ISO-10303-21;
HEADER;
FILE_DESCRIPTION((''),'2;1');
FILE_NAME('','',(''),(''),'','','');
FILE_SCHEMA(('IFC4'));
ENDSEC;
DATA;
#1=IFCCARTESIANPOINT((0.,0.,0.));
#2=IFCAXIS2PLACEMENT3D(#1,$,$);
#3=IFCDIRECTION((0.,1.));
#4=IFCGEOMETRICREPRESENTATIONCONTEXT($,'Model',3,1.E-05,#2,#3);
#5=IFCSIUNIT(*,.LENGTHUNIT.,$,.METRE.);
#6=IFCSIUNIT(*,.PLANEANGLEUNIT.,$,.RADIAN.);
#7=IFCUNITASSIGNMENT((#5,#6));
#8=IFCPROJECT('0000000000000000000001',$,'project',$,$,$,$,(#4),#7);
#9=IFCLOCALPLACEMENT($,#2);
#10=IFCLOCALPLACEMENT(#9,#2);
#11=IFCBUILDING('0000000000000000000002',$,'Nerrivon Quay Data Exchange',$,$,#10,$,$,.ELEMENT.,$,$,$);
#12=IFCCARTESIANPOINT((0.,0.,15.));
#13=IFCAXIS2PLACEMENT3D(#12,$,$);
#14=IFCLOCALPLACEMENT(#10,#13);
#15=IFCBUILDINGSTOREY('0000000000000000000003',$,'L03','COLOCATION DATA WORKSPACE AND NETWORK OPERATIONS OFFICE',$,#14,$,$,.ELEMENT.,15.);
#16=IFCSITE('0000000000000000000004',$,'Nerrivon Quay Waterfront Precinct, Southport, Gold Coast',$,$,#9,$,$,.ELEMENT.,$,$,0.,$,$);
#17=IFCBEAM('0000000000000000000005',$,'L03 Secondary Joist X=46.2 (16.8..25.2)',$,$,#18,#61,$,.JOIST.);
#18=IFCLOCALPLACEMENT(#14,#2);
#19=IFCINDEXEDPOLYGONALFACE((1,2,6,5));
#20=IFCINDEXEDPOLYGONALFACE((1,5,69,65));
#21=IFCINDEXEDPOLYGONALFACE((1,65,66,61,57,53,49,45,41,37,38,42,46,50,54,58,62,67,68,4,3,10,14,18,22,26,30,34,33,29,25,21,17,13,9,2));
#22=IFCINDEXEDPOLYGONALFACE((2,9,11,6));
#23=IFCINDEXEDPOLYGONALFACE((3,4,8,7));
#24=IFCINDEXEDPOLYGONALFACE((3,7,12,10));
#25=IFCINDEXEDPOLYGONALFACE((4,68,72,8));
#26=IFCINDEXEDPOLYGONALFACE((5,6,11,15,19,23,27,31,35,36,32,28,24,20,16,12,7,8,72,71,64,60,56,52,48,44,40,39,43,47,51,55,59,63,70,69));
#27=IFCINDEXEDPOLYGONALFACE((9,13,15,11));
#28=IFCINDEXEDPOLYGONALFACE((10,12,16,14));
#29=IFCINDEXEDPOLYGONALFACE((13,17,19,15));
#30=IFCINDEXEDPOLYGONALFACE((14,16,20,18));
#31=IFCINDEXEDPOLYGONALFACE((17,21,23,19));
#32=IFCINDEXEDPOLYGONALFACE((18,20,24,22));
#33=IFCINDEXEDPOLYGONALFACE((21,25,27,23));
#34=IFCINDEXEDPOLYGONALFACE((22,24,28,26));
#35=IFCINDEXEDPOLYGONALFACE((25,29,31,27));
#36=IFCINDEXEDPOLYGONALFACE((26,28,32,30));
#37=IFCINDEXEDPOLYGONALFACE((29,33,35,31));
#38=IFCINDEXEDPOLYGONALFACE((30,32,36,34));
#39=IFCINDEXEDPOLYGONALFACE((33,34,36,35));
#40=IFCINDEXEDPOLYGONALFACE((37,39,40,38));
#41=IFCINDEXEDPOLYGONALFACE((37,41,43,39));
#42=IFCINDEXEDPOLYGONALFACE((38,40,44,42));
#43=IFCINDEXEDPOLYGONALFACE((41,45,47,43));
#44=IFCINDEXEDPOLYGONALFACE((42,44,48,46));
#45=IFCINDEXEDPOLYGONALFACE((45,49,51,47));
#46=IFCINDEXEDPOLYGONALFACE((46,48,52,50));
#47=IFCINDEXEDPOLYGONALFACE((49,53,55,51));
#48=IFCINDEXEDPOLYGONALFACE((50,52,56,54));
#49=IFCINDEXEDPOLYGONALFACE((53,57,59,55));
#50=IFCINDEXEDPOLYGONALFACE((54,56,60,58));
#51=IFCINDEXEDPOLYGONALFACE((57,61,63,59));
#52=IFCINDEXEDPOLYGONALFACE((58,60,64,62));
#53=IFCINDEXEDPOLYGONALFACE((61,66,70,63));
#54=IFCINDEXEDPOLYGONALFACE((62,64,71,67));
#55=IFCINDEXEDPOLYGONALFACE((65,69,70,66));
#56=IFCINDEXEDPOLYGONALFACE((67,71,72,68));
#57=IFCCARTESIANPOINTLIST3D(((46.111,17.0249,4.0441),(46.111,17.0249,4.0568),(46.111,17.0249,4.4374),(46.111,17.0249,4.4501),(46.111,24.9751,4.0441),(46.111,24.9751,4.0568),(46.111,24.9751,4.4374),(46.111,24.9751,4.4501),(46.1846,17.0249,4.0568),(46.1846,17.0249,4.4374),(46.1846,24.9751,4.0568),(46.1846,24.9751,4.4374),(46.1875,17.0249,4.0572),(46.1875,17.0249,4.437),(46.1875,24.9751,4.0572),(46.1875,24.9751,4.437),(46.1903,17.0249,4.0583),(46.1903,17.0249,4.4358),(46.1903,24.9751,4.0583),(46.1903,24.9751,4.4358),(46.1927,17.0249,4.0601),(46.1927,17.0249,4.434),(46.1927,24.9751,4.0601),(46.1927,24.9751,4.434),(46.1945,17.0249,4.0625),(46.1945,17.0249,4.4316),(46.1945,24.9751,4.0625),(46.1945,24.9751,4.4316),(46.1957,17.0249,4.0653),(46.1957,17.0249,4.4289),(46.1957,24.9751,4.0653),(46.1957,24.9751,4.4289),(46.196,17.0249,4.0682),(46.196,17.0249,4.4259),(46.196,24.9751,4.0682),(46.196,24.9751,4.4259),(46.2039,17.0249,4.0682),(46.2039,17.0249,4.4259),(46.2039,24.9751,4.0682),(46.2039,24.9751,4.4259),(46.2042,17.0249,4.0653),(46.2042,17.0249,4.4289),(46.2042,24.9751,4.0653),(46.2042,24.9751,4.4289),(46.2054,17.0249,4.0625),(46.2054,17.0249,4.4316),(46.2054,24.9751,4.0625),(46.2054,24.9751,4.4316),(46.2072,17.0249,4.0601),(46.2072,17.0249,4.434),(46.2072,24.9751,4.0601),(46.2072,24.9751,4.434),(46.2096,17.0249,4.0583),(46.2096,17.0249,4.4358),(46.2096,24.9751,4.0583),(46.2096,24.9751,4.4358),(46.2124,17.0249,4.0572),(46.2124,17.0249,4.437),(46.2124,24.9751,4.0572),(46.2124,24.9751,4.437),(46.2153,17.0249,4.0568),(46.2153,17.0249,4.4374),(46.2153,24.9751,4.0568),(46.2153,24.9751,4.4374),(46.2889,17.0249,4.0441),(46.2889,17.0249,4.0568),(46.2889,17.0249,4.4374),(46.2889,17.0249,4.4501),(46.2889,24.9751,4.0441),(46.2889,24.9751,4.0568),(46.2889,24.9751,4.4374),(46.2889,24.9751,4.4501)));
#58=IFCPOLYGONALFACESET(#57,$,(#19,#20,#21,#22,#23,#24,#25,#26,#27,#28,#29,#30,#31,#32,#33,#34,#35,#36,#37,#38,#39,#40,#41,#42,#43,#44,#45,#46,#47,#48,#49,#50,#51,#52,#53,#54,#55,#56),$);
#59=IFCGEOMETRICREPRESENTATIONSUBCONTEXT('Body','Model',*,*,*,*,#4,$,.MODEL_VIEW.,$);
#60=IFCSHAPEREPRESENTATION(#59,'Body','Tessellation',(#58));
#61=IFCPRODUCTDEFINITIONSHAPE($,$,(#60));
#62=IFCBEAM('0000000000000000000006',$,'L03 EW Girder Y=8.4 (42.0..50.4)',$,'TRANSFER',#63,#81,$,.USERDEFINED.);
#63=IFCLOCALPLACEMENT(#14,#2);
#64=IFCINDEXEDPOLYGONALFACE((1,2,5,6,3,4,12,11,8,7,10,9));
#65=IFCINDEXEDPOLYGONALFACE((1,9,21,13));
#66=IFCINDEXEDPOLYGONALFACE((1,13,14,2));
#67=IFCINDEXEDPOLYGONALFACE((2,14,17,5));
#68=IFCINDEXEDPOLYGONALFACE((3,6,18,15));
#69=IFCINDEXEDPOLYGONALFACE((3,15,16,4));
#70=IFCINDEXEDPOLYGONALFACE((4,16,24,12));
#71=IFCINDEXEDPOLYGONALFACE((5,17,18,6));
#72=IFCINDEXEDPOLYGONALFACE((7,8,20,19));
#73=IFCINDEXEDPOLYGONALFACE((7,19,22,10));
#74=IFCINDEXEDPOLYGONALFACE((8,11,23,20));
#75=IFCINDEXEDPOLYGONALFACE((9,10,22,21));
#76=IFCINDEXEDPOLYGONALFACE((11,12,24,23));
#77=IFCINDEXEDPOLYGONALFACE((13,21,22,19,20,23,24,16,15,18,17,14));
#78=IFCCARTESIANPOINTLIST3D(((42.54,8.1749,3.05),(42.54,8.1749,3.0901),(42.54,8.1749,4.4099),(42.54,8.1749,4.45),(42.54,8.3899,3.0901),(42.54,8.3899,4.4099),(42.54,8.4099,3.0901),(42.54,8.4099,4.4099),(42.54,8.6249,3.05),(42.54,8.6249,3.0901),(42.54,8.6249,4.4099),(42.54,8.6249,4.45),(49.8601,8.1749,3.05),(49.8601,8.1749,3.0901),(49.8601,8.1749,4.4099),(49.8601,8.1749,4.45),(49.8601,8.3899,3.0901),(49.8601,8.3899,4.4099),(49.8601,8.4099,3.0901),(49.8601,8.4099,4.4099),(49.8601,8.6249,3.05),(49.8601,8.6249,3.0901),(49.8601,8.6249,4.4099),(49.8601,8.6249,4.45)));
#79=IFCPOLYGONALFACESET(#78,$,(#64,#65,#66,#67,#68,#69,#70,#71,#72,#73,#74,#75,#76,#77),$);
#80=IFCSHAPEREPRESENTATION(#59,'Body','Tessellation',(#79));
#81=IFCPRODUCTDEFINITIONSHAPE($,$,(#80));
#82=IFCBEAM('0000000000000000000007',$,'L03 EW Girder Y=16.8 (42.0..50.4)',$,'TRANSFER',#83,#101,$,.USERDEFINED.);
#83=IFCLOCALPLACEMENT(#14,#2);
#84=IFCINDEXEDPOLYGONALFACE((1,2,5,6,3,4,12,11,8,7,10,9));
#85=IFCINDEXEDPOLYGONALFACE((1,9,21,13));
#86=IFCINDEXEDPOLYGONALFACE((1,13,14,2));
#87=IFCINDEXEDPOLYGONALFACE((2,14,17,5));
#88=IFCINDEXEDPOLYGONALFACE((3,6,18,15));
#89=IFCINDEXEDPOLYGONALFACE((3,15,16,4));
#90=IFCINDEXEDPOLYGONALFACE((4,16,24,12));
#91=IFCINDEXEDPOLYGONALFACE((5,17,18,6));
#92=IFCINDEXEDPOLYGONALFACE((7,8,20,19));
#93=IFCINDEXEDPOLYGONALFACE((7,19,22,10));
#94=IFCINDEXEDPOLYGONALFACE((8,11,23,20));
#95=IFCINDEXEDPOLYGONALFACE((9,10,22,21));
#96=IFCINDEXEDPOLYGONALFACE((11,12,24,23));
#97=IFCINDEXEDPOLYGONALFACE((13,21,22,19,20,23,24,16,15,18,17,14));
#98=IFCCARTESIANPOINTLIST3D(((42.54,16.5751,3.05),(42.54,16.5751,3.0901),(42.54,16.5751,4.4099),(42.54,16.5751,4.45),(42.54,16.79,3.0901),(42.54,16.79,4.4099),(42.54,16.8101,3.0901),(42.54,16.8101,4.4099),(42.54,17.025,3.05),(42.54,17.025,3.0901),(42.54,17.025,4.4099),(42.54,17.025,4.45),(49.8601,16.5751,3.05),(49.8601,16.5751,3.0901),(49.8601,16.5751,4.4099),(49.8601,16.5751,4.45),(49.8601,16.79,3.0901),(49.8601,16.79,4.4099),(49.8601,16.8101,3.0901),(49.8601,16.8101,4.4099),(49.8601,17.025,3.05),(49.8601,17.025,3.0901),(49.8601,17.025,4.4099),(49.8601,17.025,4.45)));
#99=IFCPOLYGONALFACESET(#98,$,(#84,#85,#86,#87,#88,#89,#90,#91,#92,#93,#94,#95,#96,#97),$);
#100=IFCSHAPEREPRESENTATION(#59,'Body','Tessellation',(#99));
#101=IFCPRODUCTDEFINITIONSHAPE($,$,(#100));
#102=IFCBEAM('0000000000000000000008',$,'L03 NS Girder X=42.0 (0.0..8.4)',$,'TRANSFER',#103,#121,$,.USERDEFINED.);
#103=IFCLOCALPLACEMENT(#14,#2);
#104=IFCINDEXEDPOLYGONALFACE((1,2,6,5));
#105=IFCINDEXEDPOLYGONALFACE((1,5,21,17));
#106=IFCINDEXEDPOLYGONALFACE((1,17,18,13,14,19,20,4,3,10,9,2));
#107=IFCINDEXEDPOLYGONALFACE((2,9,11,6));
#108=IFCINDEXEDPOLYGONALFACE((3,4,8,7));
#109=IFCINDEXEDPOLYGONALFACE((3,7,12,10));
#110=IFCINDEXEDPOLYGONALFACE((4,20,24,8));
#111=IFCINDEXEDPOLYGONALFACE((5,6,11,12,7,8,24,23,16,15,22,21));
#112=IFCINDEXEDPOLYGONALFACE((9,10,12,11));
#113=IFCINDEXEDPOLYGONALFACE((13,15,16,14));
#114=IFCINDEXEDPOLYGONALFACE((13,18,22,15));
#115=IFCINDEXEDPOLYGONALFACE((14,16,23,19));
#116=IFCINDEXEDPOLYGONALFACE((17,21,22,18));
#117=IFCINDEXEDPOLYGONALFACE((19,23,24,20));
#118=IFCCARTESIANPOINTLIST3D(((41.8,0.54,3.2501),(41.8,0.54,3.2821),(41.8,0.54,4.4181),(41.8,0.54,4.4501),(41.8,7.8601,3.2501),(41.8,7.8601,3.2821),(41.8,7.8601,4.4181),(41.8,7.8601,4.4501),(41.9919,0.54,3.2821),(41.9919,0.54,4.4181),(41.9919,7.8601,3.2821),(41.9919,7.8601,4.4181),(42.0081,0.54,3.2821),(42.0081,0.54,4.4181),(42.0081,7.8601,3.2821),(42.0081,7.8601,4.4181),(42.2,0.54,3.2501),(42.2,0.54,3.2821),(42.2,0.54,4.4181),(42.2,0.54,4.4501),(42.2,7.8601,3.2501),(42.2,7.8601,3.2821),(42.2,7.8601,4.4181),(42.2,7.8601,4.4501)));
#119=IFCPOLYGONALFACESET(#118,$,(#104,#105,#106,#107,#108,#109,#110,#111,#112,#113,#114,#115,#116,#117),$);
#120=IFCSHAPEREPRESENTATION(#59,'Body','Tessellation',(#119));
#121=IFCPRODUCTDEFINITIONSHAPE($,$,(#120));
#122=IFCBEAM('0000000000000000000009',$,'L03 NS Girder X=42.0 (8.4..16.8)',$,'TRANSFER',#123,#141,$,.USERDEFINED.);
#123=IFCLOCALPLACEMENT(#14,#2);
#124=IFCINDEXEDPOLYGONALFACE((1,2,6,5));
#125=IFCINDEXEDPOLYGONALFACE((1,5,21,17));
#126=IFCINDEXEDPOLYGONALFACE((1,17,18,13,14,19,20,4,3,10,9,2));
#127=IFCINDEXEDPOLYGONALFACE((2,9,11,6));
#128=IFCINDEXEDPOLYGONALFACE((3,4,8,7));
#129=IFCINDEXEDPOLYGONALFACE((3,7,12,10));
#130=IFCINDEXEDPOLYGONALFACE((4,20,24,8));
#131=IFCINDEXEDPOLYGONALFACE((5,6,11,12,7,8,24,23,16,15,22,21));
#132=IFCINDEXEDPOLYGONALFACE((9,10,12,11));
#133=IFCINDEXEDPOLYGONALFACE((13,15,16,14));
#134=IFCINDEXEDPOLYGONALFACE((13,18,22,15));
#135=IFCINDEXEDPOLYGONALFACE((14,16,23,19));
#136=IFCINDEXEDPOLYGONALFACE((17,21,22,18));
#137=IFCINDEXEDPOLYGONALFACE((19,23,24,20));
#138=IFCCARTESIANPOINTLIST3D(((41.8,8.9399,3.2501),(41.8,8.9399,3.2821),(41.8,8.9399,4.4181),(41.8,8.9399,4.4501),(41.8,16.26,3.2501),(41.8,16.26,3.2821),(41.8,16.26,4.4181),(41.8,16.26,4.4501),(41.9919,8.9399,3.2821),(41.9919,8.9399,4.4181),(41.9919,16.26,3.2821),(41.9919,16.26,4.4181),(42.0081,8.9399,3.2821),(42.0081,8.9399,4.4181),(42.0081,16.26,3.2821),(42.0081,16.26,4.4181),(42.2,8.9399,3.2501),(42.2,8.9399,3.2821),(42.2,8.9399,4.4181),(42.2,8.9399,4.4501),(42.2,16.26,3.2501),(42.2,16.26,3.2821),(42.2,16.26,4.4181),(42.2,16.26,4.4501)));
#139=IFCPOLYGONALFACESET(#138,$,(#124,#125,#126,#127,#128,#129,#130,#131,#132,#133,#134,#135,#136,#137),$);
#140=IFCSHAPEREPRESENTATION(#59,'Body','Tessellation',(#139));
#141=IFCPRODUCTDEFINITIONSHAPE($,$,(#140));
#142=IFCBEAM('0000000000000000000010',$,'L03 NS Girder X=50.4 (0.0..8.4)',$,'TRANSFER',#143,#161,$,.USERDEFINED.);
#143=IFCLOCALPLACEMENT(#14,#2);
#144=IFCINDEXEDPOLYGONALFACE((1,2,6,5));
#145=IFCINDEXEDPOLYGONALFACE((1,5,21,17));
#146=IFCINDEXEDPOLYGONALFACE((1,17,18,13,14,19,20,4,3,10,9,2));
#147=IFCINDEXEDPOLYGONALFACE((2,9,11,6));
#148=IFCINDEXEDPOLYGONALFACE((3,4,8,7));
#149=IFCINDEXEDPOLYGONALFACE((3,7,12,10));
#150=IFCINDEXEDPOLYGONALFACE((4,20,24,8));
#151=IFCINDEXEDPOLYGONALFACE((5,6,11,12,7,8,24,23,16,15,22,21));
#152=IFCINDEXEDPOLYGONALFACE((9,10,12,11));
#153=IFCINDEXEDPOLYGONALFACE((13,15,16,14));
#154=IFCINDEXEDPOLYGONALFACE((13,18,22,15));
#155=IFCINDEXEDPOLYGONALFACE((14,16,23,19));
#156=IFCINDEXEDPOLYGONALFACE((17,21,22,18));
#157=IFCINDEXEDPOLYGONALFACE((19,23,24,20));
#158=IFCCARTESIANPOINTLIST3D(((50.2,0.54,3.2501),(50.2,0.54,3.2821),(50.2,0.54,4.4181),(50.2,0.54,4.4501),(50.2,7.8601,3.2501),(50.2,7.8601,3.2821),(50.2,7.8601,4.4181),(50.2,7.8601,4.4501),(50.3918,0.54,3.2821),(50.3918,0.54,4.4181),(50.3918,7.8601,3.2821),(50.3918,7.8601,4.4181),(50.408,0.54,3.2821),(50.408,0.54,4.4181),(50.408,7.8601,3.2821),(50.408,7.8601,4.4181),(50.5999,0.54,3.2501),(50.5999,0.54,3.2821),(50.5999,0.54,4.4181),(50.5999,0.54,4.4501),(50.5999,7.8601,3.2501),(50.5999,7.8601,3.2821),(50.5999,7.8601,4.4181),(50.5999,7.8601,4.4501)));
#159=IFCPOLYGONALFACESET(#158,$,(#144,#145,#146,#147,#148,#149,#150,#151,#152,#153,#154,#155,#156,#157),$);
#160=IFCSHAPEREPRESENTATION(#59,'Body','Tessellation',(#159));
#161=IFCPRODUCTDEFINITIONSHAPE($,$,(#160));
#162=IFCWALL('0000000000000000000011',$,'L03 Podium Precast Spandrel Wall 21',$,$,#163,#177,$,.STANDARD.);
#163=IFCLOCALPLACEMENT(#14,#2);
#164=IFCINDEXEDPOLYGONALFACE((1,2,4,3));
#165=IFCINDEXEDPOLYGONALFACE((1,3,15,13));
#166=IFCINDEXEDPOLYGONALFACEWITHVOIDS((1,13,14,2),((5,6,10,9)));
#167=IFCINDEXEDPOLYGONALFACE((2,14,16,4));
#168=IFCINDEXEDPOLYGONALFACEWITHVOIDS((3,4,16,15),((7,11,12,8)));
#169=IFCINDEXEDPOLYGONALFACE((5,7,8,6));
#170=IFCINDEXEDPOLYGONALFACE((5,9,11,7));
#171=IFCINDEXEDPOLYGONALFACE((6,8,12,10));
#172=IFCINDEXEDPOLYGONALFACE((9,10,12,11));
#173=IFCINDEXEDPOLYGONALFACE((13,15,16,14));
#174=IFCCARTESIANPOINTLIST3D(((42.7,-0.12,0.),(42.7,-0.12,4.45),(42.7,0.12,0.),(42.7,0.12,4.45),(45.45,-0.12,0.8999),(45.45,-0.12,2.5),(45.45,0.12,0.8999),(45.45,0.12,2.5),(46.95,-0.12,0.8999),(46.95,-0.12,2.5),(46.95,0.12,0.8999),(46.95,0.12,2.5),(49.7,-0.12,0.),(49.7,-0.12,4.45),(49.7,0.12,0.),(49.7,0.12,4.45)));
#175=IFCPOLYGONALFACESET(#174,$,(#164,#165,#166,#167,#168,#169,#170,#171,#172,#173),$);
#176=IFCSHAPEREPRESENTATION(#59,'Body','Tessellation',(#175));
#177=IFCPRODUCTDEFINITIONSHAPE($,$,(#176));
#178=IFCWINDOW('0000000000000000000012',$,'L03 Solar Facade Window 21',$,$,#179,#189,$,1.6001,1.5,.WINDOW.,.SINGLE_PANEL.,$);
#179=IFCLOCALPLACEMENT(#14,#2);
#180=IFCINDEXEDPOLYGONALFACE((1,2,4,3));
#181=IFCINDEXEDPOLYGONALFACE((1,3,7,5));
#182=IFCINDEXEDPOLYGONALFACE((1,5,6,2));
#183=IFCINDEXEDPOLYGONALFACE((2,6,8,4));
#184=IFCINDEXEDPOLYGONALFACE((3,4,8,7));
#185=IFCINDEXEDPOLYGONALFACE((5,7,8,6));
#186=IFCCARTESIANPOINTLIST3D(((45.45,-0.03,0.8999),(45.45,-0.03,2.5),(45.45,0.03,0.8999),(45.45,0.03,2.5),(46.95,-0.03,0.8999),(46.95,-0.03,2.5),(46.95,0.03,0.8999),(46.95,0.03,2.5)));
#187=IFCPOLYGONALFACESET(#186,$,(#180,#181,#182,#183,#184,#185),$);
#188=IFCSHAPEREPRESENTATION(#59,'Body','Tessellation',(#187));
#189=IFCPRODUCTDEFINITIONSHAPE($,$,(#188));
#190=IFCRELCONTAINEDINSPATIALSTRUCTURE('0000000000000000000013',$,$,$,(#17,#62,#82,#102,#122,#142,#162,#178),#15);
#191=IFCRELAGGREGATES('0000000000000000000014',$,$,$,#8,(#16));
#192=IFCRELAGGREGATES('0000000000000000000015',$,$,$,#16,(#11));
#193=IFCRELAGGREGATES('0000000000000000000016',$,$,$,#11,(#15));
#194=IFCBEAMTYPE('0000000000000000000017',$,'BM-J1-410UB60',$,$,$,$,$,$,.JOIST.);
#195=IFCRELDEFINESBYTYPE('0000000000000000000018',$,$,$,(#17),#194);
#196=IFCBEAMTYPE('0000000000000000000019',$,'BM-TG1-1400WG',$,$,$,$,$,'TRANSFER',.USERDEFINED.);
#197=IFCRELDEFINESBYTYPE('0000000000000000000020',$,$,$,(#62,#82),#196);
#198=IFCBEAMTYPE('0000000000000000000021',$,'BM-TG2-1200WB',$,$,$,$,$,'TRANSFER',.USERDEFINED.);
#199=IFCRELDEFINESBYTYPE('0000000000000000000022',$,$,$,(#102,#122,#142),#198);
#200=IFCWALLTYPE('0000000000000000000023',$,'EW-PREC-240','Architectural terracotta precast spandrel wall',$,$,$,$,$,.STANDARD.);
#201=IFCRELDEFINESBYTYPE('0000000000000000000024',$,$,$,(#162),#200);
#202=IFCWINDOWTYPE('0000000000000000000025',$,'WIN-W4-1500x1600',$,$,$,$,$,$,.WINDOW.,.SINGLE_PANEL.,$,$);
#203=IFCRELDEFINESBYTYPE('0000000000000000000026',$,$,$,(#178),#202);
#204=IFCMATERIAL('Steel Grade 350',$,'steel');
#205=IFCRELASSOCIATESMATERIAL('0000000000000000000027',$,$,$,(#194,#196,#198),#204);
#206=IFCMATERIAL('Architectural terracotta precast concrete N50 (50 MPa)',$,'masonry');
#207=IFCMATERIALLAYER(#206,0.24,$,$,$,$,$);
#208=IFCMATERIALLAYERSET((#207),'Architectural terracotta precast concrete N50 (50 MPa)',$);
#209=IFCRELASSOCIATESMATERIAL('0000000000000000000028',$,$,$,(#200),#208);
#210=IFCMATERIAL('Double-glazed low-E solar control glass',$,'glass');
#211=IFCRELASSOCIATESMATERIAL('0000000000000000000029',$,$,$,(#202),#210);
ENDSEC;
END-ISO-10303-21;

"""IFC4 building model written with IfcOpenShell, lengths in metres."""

from ifc_helpers import new_model, si_unit, direction, frame, frame_2d, origin, origin_2d, place, context, subcontext, project, spatial, rectangle, i_section, extrude, material, layer, layer_set, material_profile, profile_set, type_object, element, fill, save


model = new_model("IFC4")

# Units and contexts
model_context = context("Model", 3, precision=1e-05, world=origin(), true_north=direction((0.0, 1.0)))
body_context = subcontext(model_context, "Body", "Model", "MODEL_VIEW")
ifc_project = project(units=[si_unit("LENGTHUNIT", "METRE"), si_unit("PLANEANGLEUNIT", "RADIAN")], contexts=[model_context])

# Site, building, storey
site_placement = place(None, origin())
site = spatial("IfcSite", under=ifc_project, at=site_placement, Name="Nerrivon Quay Waterfront Precinct, Southport, Gold Coast", CompositionType="ELEMENT", RefElevation=0.0)
building_placement = place(site_placement, origin())
building = spatial("IfcBuilding", under=site, at=building_placement, Name="Nerrivon Quay Data Exchange", CompositionType="ELEMENT")
storey_placement = place(building_placement, frame((0.0, 0.0, 15.0)))
storey = spatial("IfcBuildingStorey", under=building, at=storey_placement, Name="L03", Description="COLOCATION DATA WORKSPACE AND NETWORK OPERATIONS OFFICE", CompositionType="ELEMENT", Elevation=15.0)

# Beams
ifc_material_1 = material(Name="Steel Grade 350", Category="steel")
ifc_material_profile_1 = material_profile(ifc_material_1, i_section(OverallWidth=0.178, OverallDepth=0.406, WebThickness=0.0078, FlangeThickness=0.0127, FilletRadius=0.0115, at=origin_2d()), Name="410UB59.7")
ifc_profile_set_1 = profile_set([ifc_material_profile_1], Name="Steel Grade 350")
beam_type_1 = type_object("IfcBeamType", Name="BM-J1-410UB60", PredefinedType="JOIST", material=ifc_profile_set_1)
beam_placement = place(storey_placement, frame((46.2, 17.0249, 4.2471), z_axis=(0.0, 1.0, 0.0), x_axis=(-1.0, 0.0, 0.0)))
element("IfcBeam", 1, at=beam_placement, inside=storey, type_object=beam_type_1, Name="L03 Secondary Joist X=46.2 (16.8..25.2)", PredefinedType="JOIST", context=body_context, shape_type="SweptSolid", body=[
    extrude(i_section(OverallWidth=0.178, OverallDepth=0.406, WebThickness=0.0078, FlangeThickness=0.0127, FilletRadius=0.0115, at=origin_2d()), origin(), (0.0, 0.0, 1.0), 7.9502),
])
ifc_material_profile_2 = material_profile(ifc_material_1, i_section(OverallWidth=0.45, OverallDepth=1.3999, WebThickness=0.02, FlangeThickness=0.04, at=origin_2d()), Name="1400WG455")
ifc_profile_set_2 = profile_set([ifc_material_profile_2], Name="Steel Grade 350")
beam_type_2 = type_object("IfcBeamType", Name="BM-TG1-1400WG", ElementType="TRANSFER", PredefinedType="USERDEFINED", material=ifc_profile_set_2)
for number, where, z_axis, x_axis, name in (
    (2, (42.54, 8.3999, 3.75), (1.0, 0.0, 0.0), (0.0, 1.0, 0.0), "L03 EW Girder Y=8.4 (42.0..50.4)"),
    (3, (42.54, 16.8, 3.75), (1.0, 0.0, 0.0), (0.0, 1.0, 0.0), "L03 EW Girder Y=16.8 (42.0..50.4)"),
):
    element("IfcBeam", number, at=place(storey_placement, frame(where, z_axis=z_axis, x_axis=x_axis)), inside=storey, type_object=beam_type_2, Name=name, ObjectType="TRANSFER", PredefinedType="USERDEFINED", context=body_context, shape_type="SweptSolid", body=[
        extrude(i_section(OverallWidth=0.45, OverallDepth=1.3999, WebThickness=0.02, FlangeThickness=0.04, at=origin_2d()), origin(), (0.0, 0.0, 1.0), 7.3201),
    ])
ifc_material_profile_3 = material_profile(ifc_material_1, i_section(OverallWidth=0.3999, OverallDepth=1.2, WebThickness=0.0161, FlangeThickness=0.032, at=origin_2d()), Name="1200WB342")
ifc_profile_set_3 = profile_set([ifc_material_profile_3], Name="Steel Grade 350")
beam_type_3 = type_object("IfcBeamType", Name="BM-TG2-1200WB", ElementType="TRANSFER", PredefinedType="USERDEFINED", material=ifc_profile_set_3)
for number, where, z_axis, x_axis, name in (
    (4, (42.0, 0.54, 3.8501), (0.0, 1.0, 0.0), (-1.0, 0.0, 0.0), "L03 NS Girder X=42.0 (0.0..8.4)"),
    (5, (42.0, 8.9399, 3.8501), (0.0, 1.0, 0.0), (-1.0, 0.0, 0.0), "L03 NS Girder X=42.0 (8.4..16.8)"),
    (6, (50.3999, 0.54, 3.8501), (0.0, 1.0, 0.0), (-1.0, 0.0, 0.0), "L03 NS Girder X=50.4 (0.0..8.4)"),
):
    element("IfcBeam", number, at=place(storey_placement, frame(where, z_axis=z_axis, x_axis=x_axis)), inside=storey, type_object=beam_type_3, Name=name, ObjectType="TRANSFER", PredefinedType="USERDEFINED", context=body_context, shape_type="SweptSolid", body=[
        extrude(i_section(OverallWidth=0.3999, OverallDepth=1.2, WebThickness=0.0161, FlangeThickness=0.032, at=origin_2d()), origin(), (0.0, 0.0, 1.0), 7.3201),
    ])

# Wall, opening, window
ifc_material_2 = material(Name="Architectural terracotta precast concrete N50 (50 MPa)", Category="masonry")
ifc_layer_1 = layer(ifc_material_2, 0.24)
ifc_layer_set_1 = layer_set([ifc_layer_1], Name="Architectural terracotta precast concrete N50 (50 MPa)")
wall_type_1 = type_object("IfcWallType", Name="EW-PREC-240", Description="Architectural terracotta precast spandrel wall", PredefinedType="STANDARD", material=ifc_layer_set_1)
wall_1_placement = place(storey_placement, frame((49.7, 0.0, 0.0), z_axis=(0.0, 0.0, 1.0), x_axis=(-1.0, 0.0, 0.0)))
wall_1 = element("IfcWall", 7, at=wall_1_placement, inside=storey, type_object=wall_type_1, Name="L03 Podium Precast Spandrel Wall 21", PredefinedType="STANDARD", context=body_context, shape_type="SweptSolid", body=[
    extrude(rectangle(XDim=7.0, YDim=0.24, at=frame_2d((3.5, 0.0))), origin(), (0.0, 0.0, 1.0), 4.45),
])
opening_1_placement = place(wall_1_placement, frame((2.75, 0.0, 0.8999)))
opening_1 = element("IfcOpeningElement", 8, at=opening_1_placement, cuts=wall_1, PredefinedType="OPENING", context=body_context, shape_type="SweptSolid", body=[
    extrude(rectangle(XDim=1.5, YDim=1.6001, at=frame_2d((0.75, 0.8))), frame((0.0, 0.1299, 0.0), z_axis=(0.0, -1.0, 0.0), x_axis=(1.0, 0.0, 0.0)), (0.0, 0.0, 1.0), 0.26),
])
ifc_material_3 = material(Name="Double-glazed low-E solar control glass", Category="glass")
window_type_1 = type_object("IfcWindowType", Name="WIN-W4-1500x1600", PartitioningType="SINGLE_PANEL", PredefinedType="WINDOW", material=ifc_material_3)
window_1_placement = place(opening_1_placement, origin())
window_1 = element("IfcWindow", 9, at=window_1_placement, inside=storey, type_object=window_type_1, Name="L03 Solar Facade Window 21", OverallHeight=1.6001, OverallWidth=1.5, PartitioningType="SINGLE_PANEL", PredefinedType="WINDOW", context=body_context, shape_type="SweptSolid", body=[
    extrude(rectangle(XDim=1.5, YDim=1.6001, at=frame_2d((0.75, 0.8))), frame((0.0, 0.03, 0.0), z_axis=(0.0, -1.0, 0.0), x_axis=(1.0, 0.0, 0.0)), (0.0, 0.0, 1.0), 0.0601),
])
fill(opening_1, window_1)

save(model, "model.ifc")
